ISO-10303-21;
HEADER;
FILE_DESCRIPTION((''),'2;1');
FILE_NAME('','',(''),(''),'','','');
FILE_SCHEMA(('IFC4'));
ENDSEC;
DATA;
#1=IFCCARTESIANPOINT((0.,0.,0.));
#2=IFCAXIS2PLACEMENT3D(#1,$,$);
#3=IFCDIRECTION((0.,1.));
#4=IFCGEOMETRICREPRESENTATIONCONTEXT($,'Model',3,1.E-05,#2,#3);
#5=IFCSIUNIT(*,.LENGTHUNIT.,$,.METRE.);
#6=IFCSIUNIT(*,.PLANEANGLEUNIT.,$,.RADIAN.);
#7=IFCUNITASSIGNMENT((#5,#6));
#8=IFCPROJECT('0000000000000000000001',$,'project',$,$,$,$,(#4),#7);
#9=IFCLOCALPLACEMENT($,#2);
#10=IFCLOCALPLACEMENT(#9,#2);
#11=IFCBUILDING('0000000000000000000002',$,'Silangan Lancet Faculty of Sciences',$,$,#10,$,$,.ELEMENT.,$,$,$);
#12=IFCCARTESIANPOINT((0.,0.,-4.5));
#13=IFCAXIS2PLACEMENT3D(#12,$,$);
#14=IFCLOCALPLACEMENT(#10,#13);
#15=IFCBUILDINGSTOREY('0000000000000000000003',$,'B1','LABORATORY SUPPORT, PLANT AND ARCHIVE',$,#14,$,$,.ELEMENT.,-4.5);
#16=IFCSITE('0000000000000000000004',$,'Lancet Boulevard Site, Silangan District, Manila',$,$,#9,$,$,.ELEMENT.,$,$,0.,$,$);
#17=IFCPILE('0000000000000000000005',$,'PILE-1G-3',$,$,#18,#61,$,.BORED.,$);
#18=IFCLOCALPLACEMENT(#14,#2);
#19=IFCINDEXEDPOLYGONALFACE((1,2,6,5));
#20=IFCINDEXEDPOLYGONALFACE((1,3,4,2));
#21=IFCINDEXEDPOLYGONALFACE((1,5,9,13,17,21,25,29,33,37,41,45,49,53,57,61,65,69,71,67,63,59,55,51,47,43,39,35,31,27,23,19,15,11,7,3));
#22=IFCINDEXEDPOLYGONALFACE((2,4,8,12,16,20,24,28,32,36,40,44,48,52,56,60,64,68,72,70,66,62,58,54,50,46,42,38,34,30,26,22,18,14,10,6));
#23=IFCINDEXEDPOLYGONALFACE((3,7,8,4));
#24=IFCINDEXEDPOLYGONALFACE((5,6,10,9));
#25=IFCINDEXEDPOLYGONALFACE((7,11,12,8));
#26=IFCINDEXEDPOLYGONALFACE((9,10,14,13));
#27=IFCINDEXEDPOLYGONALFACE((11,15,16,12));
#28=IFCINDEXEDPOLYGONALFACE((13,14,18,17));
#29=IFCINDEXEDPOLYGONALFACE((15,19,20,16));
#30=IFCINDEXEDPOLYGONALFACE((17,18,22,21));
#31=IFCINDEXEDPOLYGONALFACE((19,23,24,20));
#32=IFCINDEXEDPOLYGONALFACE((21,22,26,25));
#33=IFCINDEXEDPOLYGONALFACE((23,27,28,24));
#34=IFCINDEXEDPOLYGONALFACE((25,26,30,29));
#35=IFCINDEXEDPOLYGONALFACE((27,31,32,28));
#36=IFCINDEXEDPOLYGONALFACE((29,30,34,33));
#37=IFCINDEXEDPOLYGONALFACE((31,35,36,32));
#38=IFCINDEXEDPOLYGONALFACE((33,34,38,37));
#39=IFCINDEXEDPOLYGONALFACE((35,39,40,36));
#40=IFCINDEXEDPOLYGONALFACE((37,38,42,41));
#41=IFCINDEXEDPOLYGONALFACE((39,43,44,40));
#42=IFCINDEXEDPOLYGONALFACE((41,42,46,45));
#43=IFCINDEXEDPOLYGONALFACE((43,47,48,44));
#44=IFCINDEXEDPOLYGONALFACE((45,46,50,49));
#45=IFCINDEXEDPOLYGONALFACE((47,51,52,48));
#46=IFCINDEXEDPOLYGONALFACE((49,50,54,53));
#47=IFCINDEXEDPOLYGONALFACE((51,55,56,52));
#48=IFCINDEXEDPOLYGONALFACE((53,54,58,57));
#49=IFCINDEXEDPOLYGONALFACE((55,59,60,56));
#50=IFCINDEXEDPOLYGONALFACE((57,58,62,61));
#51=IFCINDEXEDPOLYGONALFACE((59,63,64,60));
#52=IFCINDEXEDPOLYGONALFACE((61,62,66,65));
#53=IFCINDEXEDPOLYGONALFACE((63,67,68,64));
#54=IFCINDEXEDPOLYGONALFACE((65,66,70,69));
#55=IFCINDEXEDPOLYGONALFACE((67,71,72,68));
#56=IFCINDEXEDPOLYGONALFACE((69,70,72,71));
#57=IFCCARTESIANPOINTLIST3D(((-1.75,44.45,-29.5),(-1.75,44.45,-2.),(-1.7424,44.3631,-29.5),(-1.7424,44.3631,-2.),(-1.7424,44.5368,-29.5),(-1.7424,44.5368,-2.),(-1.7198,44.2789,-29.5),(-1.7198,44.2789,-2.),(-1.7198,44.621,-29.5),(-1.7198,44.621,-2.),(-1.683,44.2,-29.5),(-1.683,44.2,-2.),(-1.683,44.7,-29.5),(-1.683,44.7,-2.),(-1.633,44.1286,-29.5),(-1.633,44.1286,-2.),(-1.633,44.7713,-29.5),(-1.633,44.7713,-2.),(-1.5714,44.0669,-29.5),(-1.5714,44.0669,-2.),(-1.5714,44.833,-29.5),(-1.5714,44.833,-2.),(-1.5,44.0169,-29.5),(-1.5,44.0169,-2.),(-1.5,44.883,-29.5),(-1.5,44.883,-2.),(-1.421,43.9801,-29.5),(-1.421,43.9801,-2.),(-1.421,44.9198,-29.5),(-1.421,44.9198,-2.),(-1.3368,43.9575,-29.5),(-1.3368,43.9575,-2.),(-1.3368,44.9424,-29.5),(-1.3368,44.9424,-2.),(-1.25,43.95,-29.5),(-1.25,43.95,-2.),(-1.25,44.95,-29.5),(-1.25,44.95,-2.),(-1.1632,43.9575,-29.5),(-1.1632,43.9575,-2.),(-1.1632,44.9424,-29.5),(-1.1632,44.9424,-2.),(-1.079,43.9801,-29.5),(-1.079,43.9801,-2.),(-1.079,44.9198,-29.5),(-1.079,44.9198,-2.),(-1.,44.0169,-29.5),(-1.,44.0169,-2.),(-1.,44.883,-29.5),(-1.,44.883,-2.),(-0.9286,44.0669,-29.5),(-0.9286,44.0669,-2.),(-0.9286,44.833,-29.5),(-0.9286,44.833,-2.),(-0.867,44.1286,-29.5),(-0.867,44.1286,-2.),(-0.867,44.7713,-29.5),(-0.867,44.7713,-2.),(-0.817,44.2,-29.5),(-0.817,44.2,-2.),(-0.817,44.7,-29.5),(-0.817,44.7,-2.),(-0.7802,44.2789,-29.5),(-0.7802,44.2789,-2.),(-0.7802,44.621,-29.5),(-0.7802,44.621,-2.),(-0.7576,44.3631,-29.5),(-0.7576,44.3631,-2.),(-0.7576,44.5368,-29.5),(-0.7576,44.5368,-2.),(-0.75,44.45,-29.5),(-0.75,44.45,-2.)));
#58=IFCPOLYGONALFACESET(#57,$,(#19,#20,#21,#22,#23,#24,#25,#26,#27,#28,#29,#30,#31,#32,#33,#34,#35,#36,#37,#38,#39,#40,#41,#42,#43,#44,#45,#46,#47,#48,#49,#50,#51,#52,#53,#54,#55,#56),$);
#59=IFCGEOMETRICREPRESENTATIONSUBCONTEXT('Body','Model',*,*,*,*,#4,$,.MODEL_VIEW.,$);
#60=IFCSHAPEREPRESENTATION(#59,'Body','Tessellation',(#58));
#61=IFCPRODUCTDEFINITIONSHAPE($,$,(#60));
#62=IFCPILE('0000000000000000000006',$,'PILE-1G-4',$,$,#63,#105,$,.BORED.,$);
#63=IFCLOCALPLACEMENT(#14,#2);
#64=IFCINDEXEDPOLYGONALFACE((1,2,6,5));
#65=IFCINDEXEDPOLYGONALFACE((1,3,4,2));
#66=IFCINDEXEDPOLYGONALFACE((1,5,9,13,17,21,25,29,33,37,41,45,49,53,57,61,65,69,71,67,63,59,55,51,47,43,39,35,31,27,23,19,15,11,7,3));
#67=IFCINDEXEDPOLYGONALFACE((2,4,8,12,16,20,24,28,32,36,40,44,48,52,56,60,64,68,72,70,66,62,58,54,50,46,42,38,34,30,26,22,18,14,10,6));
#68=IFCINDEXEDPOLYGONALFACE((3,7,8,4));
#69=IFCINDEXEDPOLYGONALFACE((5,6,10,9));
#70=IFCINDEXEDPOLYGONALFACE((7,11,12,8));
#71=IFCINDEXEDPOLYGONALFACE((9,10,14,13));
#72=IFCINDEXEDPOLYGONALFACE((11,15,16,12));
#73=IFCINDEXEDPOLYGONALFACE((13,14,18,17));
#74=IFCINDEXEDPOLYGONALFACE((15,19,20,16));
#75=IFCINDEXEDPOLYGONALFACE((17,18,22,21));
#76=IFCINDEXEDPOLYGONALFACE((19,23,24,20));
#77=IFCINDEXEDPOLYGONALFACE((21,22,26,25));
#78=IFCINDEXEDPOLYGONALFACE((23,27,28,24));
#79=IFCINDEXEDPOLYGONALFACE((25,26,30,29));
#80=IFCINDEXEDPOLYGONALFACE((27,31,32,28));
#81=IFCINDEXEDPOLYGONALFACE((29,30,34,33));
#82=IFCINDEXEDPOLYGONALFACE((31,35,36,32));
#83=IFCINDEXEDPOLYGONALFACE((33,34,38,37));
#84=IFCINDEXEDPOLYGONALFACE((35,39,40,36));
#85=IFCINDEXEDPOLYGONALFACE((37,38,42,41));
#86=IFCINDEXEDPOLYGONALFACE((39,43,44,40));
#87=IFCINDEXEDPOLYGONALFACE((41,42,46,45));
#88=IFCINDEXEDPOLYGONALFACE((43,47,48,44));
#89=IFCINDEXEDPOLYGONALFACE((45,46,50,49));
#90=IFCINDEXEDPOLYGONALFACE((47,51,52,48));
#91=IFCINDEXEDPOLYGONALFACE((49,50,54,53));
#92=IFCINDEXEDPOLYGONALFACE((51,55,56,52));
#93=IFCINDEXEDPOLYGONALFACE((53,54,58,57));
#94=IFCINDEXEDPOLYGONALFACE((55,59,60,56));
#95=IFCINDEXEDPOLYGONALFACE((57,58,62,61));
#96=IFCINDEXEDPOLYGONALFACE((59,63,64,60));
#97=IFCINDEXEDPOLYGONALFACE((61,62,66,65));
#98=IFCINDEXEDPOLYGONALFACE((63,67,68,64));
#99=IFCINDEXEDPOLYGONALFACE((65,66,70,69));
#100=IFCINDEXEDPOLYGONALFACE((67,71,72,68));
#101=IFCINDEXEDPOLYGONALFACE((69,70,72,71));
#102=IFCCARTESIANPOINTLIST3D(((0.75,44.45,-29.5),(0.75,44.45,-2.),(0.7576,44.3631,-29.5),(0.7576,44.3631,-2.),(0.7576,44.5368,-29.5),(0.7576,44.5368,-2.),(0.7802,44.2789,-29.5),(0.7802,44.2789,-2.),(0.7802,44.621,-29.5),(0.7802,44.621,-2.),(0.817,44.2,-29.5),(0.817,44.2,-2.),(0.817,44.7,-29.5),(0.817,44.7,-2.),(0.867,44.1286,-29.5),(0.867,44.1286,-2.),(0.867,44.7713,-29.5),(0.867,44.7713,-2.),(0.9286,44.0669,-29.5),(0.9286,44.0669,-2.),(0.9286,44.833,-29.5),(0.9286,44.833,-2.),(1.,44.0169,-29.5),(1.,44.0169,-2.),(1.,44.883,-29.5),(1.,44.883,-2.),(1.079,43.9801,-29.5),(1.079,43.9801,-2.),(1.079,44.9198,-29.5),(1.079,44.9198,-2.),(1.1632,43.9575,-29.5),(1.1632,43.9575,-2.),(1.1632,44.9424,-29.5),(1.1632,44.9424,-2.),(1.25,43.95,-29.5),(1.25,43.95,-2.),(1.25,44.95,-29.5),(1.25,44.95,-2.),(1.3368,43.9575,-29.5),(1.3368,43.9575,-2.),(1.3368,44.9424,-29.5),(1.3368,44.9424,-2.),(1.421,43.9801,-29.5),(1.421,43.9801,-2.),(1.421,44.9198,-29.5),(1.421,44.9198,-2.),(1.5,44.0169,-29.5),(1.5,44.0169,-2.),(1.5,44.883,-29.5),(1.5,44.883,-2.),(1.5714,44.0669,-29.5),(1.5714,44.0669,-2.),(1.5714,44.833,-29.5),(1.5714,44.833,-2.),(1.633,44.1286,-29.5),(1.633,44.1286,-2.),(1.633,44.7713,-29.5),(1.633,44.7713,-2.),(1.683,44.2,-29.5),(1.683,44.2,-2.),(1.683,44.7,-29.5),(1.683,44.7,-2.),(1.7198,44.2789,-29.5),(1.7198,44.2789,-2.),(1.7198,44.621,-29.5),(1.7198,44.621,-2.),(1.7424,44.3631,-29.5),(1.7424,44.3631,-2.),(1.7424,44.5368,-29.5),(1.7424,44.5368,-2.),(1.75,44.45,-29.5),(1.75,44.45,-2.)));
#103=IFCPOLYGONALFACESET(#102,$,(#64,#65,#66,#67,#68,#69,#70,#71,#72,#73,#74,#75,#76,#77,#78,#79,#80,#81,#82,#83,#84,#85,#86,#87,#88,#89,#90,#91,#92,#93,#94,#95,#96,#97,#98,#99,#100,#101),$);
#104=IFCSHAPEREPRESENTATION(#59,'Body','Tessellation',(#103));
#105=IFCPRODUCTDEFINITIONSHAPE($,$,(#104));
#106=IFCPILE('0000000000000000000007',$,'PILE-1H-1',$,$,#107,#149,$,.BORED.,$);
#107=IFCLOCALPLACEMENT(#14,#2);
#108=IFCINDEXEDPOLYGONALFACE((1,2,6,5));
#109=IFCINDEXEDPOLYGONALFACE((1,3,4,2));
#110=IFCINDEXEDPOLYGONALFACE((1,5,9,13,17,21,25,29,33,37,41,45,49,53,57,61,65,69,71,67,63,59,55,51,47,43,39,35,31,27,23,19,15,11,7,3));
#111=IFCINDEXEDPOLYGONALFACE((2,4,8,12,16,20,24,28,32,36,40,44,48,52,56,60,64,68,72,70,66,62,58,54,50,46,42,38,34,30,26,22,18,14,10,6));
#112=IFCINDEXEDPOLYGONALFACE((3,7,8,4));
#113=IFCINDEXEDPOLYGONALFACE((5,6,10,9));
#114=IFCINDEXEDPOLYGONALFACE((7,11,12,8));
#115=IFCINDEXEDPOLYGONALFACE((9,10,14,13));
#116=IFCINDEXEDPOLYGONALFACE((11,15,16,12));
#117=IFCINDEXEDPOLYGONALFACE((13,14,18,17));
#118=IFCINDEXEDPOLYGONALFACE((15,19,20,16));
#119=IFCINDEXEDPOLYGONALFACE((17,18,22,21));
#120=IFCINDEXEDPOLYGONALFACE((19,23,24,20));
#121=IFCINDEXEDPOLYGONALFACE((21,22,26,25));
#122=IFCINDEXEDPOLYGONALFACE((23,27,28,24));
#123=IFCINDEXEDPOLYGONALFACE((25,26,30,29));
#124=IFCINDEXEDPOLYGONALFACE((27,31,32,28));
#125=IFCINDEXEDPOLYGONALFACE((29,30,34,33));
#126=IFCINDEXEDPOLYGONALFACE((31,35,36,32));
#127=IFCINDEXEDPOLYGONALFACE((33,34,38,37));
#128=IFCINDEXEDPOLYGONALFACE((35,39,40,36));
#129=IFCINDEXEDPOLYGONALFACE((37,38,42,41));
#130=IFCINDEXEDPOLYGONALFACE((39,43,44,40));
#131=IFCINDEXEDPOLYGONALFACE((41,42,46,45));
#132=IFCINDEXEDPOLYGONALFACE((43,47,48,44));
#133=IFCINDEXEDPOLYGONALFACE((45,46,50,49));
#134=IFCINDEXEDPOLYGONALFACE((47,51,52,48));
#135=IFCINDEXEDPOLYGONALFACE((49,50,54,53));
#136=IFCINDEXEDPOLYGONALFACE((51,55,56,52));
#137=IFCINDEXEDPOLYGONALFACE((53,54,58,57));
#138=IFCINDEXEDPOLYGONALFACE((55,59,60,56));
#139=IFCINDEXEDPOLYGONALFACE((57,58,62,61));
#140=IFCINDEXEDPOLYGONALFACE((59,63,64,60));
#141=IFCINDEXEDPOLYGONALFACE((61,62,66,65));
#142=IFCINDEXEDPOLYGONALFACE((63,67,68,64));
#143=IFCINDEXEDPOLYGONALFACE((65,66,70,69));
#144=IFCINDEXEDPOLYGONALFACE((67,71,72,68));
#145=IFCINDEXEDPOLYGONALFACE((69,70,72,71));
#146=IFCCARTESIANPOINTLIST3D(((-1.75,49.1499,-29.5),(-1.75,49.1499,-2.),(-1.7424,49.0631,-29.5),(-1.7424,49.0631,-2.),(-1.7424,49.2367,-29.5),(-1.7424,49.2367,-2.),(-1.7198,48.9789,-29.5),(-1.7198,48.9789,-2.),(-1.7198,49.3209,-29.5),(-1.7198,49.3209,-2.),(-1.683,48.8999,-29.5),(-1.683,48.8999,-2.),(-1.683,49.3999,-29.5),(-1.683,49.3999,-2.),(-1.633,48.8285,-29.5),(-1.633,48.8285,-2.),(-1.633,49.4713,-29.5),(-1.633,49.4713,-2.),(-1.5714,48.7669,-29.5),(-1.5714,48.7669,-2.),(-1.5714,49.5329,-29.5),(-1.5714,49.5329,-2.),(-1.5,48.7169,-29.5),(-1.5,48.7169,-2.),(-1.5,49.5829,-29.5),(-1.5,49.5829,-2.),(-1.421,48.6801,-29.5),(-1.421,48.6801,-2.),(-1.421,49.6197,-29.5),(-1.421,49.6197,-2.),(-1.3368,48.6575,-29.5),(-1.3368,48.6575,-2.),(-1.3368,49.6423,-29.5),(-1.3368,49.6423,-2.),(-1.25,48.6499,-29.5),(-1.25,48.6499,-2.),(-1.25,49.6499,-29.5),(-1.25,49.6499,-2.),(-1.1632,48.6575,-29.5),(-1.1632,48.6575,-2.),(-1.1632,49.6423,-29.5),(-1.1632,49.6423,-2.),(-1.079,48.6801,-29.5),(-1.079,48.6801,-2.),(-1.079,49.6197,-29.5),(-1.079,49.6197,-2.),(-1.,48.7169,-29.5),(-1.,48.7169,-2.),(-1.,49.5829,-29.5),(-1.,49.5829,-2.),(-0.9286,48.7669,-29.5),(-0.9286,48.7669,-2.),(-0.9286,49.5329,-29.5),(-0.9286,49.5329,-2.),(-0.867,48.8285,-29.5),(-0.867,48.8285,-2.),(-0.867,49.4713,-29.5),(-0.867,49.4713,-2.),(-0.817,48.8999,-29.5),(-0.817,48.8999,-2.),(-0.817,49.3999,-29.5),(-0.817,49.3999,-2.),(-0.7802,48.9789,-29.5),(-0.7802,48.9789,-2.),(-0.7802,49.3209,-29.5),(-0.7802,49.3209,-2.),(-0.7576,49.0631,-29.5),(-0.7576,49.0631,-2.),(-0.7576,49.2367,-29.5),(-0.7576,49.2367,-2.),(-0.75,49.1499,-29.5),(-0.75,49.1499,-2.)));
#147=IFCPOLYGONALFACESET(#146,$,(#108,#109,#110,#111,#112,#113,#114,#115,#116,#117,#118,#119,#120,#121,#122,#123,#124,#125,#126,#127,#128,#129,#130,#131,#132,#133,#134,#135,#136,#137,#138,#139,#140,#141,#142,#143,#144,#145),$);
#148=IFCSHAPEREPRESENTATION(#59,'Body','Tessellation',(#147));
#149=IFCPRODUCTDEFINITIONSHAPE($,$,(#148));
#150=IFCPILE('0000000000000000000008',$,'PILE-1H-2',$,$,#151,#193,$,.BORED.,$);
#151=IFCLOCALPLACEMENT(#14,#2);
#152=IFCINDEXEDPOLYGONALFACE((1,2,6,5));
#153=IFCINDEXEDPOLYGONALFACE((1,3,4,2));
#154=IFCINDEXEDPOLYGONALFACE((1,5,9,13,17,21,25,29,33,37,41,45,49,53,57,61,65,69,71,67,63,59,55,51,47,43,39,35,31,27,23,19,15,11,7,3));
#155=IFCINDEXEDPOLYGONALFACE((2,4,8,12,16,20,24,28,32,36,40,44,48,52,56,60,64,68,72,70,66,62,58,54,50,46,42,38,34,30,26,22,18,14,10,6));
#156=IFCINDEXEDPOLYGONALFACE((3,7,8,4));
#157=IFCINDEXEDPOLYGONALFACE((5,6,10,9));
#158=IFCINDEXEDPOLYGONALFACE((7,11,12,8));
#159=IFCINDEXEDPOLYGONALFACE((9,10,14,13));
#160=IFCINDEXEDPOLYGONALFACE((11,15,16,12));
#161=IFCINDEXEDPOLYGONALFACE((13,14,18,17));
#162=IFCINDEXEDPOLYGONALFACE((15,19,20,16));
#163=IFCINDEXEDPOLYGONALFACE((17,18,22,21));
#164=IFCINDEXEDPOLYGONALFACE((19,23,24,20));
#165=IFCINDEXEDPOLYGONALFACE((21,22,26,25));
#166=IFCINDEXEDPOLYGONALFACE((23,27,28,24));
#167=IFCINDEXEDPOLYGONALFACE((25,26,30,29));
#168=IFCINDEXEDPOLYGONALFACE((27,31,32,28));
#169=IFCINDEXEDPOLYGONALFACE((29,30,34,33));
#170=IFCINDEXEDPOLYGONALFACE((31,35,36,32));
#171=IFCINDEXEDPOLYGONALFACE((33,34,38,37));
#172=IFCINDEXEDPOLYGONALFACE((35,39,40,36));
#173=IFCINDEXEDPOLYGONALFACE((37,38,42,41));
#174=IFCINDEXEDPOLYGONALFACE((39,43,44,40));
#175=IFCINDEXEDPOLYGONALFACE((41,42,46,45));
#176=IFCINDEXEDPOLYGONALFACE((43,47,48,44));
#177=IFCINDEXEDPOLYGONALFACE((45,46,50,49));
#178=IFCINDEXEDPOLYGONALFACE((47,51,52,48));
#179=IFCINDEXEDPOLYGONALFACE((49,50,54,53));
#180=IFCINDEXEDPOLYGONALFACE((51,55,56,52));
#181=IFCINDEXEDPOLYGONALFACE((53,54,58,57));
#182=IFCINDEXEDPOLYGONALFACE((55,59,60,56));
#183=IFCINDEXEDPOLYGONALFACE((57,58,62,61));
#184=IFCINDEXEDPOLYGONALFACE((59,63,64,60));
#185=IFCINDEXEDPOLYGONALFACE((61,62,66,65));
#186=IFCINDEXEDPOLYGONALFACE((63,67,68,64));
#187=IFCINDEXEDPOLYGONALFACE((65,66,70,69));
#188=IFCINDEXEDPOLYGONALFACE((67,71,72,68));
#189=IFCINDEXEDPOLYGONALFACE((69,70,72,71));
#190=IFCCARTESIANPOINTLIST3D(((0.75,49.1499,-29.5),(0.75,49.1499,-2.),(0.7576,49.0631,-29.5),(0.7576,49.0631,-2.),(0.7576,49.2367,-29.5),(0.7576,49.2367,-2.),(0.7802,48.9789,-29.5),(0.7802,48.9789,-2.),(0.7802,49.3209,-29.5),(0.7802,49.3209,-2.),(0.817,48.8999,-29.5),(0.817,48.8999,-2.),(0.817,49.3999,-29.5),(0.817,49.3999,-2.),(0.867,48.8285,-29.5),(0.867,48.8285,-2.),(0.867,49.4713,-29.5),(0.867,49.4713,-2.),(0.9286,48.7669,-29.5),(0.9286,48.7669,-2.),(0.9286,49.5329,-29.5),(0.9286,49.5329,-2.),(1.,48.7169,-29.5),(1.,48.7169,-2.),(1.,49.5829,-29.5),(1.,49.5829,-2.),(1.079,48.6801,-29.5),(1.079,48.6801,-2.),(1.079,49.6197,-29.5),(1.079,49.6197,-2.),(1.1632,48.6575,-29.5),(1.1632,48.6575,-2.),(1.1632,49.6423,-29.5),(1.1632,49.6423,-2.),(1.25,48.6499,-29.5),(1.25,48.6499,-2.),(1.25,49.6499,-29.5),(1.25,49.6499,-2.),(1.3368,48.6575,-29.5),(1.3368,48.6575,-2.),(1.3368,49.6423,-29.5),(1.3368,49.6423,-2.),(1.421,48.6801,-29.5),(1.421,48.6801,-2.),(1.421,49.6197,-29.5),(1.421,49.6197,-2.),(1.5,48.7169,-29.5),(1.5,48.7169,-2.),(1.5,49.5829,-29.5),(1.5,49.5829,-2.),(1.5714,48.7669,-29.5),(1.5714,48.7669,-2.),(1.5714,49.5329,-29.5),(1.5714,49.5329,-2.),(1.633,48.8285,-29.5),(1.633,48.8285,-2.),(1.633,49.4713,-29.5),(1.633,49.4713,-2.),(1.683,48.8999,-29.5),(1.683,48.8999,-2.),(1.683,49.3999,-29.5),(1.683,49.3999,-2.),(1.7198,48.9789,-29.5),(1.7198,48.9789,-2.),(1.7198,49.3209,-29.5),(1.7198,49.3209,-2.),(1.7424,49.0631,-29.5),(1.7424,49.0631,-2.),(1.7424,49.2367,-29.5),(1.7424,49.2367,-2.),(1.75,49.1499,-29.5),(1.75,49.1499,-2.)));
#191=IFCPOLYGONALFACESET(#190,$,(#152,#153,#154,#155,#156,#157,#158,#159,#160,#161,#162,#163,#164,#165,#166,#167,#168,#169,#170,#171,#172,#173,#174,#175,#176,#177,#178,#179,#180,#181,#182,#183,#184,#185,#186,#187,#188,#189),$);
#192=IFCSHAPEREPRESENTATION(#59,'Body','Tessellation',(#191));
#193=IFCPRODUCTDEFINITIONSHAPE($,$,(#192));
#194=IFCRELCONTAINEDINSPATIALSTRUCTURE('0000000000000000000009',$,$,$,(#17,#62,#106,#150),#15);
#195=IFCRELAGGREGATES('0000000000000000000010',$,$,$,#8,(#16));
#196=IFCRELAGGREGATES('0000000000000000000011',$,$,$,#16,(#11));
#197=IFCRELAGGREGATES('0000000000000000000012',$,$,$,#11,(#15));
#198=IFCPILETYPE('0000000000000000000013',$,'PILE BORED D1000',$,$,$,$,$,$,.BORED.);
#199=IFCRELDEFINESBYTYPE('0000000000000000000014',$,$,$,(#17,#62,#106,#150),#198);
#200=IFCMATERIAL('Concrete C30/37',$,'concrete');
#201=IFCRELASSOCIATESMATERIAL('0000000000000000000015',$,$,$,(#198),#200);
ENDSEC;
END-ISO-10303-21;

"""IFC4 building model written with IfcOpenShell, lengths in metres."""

from ifc_helpers import new_model, si_unit, direction, frame, origin, origin_2d, place, context, subcontext, project, spatial, circle, extrude, material, material_profile, profile_set, type_object, element, save


model = new_model("IFC4")

# Units and contexts
model_context = context("Model", 3, precision=1e-05, world=origin(), true_north=direction((0.0, 1.0)))
body_context = subcontext(model_context, "Body", "Model", "MODEL_VIEW")
ifc_project = project(units=[si_unit("LENGTHUNIT", "METRE"), si_unit("PLANEANGLEUNIT", "RADIAN")], contexts=[model_context])

# Site, building, storey
site_placement = place(None, origin())
site = spatial("IfcSite", under=ifc_project, at=site_placement, Name="Lancet Boulevard Site, Silangan District, Manila", CompositionType="ELEMENT", RefElevation=0.0)
building_placement = place(site_placement, origin())
building = spatial("IfcBuilding", under=site, at=building_placement, Name="Silangan Lancet Faculty of Sciences", CompositionType="ELEMENT")
storey_placement = place(building_placement, frame((0.0, 0.0, -4.5)))
storey = spatial("IfcBuildingStorey", under=building, at=storey_placement, Name="B1", Description="LABORATORY SUPPORT, PLANT AND ARCHIVE", CompositionType="ELEMENT", Elevation=-4.5)

# Piles
ifc_material_1 = material(Name="Concrete C30/37", Category="concrete")
ifc_material_profile_1 = material_profile(ifc_material_1, circle(Radius=0.5, at=origin_2d()), Name="BORED PILE D1000")
ifc_profile_set_1 = profile_set([ifc_material_profile_1], Name="Concrete C30/37")
pile_type_1 = type_object("IfcPileType", Name="PILE BORED D1000", PredefinedType="BORED", material=ifc_profile_set_1)
for number, where, z_axis, x_axis, name in (
    (1, (-1.25, 44.45, -2.0), (0.0, 0.0, -1.0), (1.0, 0.0, 0.0), "PILE-1G-3"),
    (2, (1.25, 44.45, -2.0), (0.0, 0.0, -1.0), (1.0, 0.0, 0.0), "PILE-1G-4"),
    (3, (-1.25, 49.1499, -2.0), (0.0, 0.0, -1.0), (1.0, 0.0, 0.0), "PILE-1H-1"),
    (4, (1.25, 49.1499, -2.0), (0.0, 0.0, -1.0), (1.0, 0.0, 0.0), "PILE-1H-2"),
):
    element("IfcPile", number, at=place(storey_placement, frame(where, z_axis=z_axis, x_axis=x_axis)), inside=storey, type_object=pile_type_1, Name=name, PredefinedType="BORED", context=body_context, shape_type="SweptSolid", body=[
        extrude(circle(Radius=0.5, at=origin_2d()), origin(), (0.0, 0.0, 1.0), 27.5),
    ])

save(model, "model.ifc")
